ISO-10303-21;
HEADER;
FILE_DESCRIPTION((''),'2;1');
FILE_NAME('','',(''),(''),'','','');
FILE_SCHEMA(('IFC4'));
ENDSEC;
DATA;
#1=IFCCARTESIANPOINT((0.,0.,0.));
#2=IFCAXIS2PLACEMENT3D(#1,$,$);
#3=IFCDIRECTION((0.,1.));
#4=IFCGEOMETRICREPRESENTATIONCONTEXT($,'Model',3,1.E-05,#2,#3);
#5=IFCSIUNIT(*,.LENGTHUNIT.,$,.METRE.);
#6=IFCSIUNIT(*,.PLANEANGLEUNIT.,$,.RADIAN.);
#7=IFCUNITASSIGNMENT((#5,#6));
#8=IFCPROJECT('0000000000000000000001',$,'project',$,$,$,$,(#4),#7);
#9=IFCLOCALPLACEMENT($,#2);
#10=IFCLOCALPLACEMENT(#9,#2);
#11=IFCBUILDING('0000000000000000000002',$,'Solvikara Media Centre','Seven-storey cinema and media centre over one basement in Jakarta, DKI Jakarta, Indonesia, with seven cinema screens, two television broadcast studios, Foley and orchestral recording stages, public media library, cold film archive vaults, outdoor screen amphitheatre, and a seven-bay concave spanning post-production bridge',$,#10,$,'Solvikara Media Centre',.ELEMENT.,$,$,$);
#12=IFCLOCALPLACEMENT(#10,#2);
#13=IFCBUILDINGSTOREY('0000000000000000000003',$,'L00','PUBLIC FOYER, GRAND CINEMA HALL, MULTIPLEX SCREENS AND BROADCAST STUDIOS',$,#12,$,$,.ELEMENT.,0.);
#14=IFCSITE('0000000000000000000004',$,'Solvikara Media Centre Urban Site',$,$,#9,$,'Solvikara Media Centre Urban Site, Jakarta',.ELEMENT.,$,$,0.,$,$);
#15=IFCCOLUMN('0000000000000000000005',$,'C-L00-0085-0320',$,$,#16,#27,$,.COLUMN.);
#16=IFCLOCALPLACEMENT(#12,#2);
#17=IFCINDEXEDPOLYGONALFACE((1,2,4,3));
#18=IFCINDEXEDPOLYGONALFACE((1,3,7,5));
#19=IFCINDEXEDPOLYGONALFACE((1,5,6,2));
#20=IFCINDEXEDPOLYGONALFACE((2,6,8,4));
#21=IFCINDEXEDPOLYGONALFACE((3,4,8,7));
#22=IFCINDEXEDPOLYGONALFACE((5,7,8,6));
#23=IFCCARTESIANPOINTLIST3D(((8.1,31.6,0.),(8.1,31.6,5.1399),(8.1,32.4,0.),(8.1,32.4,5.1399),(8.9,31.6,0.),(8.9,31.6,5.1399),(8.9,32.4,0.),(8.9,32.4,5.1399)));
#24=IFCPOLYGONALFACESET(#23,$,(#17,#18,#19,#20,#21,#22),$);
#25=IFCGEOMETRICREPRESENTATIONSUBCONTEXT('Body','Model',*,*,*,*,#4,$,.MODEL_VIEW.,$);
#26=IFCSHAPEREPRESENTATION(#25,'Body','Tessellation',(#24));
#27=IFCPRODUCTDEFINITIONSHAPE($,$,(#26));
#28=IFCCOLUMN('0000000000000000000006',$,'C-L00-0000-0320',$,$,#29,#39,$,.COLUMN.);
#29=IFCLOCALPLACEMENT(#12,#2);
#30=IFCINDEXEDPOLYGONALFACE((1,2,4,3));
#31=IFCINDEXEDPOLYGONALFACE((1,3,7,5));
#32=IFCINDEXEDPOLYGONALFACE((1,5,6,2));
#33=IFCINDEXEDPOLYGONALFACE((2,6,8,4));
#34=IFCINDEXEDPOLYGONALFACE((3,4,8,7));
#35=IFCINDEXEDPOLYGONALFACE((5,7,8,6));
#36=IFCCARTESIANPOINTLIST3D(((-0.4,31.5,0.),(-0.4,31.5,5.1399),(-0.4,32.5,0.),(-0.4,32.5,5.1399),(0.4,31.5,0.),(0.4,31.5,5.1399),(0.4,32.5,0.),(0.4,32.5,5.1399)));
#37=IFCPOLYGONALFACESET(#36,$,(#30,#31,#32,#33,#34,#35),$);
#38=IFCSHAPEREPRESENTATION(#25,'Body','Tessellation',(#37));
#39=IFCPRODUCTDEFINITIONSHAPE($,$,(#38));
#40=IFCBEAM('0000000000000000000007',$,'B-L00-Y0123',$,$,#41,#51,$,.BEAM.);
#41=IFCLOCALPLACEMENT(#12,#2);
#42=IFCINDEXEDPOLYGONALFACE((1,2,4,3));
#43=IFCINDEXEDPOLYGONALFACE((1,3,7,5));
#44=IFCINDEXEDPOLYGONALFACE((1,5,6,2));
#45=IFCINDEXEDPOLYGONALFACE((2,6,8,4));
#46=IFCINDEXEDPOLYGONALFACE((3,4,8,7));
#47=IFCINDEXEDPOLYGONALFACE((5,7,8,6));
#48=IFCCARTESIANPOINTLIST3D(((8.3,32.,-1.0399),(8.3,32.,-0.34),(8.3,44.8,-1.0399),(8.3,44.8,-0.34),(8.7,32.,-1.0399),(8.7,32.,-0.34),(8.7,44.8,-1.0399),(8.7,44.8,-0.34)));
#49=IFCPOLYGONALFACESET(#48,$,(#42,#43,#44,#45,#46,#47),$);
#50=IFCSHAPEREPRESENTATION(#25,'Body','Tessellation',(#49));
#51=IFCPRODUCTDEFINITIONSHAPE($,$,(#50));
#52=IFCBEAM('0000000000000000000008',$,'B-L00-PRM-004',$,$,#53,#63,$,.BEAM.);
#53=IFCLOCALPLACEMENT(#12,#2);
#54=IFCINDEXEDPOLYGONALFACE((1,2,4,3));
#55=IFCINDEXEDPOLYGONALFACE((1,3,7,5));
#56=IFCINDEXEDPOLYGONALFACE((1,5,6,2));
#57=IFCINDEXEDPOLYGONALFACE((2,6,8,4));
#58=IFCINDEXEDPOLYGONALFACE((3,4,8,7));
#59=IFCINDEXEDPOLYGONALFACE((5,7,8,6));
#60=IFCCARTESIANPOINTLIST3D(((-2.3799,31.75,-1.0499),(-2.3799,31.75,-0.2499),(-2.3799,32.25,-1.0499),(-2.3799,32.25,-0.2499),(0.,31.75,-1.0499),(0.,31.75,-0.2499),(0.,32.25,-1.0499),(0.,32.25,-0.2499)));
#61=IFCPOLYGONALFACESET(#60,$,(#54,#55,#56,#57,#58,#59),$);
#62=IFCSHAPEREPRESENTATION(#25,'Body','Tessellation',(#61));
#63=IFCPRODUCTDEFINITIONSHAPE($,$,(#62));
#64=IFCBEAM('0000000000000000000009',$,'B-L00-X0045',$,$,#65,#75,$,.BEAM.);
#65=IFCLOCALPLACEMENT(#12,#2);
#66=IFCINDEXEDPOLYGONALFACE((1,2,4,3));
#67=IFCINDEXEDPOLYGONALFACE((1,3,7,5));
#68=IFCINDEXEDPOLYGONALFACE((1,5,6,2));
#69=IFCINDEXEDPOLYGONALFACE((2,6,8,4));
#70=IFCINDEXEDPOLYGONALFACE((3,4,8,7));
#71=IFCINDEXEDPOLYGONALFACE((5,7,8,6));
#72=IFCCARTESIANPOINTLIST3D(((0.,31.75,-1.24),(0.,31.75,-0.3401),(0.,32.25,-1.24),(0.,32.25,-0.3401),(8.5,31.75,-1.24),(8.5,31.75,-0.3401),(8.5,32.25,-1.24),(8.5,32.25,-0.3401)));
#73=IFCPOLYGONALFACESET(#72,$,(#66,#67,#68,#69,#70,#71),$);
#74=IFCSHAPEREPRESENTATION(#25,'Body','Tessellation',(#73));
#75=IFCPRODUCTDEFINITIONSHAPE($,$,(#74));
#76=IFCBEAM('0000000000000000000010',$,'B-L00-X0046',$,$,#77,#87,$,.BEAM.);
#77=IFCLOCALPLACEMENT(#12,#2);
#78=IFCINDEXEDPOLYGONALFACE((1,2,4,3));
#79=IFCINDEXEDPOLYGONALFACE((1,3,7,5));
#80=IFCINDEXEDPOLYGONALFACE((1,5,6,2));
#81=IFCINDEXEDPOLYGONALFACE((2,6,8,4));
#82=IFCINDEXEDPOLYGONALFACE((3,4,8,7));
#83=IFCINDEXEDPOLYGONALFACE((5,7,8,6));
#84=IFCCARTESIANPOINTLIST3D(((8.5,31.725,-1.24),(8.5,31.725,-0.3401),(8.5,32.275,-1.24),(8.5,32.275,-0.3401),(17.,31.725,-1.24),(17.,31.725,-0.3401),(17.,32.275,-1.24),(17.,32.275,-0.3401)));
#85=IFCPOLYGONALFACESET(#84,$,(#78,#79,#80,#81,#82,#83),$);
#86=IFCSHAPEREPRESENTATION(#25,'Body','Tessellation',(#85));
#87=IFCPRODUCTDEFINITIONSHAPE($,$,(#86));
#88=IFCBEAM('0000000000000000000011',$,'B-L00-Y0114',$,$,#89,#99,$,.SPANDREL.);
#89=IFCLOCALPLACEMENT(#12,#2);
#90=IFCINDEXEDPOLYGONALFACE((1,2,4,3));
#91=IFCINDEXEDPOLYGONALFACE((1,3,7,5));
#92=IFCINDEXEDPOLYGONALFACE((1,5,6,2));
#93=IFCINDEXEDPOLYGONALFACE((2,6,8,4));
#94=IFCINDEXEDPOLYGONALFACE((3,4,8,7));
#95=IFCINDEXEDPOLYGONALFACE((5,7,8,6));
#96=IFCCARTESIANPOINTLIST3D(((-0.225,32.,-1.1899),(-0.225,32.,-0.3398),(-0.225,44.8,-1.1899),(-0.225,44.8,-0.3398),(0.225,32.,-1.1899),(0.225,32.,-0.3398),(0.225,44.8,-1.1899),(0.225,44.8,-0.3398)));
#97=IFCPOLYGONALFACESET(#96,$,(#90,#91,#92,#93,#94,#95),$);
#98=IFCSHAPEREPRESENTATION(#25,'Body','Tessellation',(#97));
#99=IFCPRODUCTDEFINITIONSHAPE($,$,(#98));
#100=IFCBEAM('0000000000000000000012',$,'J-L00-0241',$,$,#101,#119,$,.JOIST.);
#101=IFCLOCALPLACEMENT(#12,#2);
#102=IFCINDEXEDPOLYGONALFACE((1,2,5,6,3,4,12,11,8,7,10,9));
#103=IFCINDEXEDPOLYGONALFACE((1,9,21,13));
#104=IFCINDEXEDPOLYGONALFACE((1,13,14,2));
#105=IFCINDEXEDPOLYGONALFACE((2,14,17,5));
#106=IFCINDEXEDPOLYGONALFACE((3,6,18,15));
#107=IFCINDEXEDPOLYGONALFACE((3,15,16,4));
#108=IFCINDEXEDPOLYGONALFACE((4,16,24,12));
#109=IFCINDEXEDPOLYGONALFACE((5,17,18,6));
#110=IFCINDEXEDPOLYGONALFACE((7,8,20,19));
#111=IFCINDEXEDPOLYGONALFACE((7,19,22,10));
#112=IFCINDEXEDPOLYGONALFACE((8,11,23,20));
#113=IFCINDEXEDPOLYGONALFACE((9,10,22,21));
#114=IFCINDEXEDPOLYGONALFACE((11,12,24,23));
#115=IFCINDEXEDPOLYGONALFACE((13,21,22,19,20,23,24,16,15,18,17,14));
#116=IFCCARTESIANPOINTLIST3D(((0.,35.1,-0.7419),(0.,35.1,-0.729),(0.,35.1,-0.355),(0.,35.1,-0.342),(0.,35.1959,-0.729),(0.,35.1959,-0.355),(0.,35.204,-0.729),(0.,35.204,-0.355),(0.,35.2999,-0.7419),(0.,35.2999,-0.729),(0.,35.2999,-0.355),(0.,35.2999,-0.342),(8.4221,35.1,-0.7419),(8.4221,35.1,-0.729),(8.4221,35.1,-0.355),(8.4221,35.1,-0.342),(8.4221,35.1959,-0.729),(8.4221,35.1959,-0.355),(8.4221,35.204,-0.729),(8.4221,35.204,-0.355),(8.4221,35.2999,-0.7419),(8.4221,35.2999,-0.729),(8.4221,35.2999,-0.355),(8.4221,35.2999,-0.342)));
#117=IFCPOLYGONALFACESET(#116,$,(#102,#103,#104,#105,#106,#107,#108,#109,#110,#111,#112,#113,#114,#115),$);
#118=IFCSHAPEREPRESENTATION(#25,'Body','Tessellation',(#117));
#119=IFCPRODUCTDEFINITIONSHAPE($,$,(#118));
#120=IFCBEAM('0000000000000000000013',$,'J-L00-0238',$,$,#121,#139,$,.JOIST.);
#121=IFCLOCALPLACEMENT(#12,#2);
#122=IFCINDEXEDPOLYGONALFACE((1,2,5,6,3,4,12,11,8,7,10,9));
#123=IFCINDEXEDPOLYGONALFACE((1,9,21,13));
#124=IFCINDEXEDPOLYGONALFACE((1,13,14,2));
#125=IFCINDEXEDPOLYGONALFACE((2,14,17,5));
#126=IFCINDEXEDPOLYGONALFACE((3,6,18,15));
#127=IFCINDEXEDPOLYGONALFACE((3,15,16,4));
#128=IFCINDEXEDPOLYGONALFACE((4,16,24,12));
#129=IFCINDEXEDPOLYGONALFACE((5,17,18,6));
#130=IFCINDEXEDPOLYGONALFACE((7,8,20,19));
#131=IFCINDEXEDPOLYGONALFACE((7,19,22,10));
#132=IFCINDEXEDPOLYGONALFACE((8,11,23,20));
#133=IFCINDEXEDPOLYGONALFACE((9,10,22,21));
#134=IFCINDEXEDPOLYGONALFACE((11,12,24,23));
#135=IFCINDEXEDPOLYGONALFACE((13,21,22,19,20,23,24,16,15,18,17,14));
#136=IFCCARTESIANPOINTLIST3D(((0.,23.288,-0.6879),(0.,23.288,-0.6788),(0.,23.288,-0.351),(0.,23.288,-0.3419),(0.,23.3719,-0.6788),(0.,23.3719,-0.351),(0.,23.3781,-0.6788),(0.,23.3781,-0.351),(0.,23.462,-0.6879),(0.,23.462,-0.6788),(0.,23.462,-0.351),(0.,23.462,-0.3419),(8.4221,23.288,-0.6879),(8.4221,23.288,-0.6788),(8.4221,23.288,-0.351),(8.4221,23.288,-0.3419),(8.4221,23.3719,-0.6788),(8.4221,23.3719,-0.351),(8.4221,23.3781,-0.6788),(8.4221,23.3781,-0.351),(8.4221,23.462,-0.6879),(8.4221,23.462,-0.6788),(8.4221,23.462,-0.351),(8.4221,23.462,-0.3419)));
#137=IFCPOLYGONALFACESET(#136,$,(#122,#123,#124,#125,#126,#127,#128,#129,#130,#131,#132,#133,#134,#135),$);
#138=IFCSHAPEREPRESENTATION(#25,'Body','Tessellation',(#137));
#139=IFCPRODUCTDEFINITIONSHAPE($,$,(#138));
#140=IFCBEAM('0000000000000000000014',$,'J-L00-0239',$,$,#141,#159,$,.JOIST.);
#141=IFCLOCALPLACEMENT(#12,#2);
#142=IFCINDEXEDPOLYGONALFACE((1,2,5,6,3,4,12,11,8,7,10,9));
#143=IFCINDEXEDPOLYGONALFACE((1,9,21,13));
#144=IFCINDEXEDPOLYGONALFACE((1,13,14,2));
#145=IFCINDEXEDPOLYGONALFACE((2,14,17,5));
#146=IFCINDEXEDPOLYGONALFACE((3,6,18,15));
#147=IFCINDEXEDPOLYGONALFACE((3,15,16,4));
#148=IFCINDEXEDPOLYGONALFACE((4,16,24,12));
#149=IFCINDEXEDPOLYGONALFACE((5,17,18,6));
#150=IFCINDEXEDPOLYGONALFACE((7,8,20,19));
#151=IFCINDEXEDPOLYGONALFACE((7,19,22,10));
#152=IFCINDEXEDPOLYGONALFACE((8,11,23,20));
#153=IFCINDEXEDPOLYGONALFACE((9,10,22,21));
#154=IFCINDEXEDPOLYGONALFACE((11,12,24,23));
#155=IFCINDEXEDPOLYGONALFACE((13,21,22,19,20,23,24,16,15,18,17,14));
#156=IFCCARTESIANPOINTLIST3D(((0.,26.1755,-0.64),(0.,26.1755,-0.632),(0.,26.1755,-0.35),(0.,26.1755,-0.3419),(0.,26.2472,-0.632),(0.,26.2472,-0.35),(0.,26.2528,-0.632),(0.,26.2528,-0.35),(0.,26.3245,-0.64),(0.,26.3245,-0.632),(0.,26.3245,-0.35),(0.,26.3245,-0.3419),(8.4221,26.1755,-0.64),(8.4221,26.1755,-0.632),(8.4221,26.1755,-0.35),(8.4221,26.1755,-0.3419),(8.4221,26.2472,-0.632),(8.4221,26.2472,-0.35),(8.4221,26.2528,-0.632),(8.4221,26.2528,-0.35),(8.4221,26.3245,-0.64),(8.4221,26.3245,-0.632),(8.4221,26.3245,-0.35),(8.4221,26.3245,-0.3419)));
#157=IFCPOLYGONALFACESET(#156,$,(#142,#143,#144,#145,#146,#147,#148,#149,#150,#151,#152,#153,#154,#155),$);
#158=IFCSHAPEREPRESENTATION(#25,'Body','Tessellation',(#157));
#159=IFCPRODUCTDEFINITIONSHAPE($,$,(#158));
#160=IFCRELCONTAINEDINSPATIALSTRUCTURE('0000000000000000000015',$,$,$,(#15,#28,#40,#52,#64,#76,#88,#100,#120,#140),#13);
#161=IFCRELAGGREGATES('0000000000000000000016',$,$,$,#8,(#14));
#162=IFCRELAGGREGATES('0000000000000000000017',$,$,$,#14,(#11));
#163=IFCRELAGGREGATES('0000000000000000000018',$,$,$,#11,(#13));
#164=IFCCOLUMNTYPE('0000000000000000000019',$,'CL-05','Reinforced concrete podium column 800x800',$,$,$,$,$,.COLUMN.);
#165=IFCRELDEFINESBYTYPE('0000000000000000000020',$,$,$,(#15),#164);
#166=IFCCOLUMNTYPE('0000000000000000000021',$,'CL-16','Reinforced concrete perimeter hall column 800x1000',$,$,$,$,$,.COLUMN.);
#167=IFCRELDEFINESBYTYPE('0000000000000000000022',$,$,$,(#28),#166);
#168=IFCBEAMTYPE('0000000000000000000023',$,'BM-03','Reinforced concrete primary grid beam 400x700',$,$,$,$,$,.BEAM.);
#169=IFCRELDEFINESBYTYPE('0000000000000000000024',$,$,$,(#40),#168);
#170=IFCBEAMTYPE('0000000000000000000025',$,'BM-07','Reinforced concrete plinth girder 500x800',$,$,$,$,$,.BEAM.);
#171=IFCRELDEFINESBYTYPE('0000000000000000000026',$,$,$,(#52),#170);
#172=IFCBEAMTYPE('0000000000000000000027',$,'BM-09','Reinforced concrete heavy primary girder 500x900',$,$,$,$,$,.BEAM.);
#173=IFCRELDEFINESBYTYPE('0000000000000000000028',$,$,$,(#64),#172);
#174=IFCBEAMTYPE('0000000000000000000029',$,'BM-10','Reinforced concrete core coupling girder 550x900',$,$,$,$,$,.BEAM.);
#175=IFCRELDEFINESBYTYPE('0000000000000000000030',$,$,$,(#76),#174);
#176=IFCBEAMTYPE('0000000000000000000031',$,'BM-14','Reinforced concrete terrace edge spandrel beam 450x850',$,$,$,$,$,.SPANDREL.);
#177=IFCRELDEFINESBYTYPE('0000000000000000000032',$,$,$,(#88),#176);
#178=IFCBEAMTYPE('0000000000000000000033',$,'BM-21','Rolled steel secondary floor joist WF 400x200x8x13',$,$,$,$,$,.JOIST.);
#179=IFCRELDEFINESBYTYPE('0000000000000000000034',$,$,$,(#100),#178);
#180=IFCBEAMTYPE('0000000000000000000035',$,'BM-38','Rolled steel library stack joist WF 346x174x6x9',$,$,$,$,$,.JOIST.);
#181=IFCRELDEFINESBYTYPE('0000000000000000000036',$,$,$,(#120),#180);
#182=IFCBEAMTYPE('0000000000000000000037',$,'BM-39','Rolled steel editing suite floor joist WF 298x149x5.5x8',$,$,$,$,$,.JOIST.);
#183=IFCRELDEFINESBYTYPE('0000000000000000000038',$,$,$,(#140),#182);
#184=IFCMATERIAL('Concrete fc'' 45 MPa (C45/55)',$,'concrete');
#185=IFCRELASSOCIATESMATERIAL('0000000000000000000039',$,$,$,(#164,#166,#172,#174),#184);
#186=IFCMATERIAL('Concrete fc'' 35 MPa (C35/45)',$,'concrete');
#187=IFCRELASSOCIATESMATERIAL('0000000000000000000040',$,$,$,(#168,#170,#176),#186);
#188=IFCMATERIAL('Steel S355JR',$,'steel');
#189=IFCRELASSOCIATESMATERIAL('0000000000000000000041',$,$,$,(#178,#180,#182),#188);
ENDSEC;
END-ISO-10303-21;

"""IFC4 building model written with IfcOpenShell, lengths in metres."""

from ifc_helpers import new_model, si_unit, direction, frame, origin, origin_2d, place, context, subcontext, project, spatial, rectangle, i_section, extrude, material, material_profile, profile_set, type_object, element, save


model = new_model("IFC4")

# Units and contexts
model_context = context("Model", 3, precision=1e-05, world=origin(), true_north=direction((0.0, 1.0)))
body_context = subcontext(model_context, "Body", "Model", "MODEL_VIEW")
ifc_project = project(units=[si_unit("LENGTHUNIT", "METRE"), si_unit("PLANEANGLEUNIT", "RADIAN")], contexts=[model_context])

# Site, building, storey
site_placement = place(None, origin())
site = spatial("IfcSite", under=ifc_project, at=site_placement, Name="Solvikara Media Centre Urban Site", LongName="Solvikara Media Centre Urban Site, Jakarta", CompositionType="ELEMENT", RefElevation=0.0)
building_placement = place(site_placement, origin())
building = spatial("IfcBuilding", under=site, at=building_placement, Name="Solvikara Media Centre", Description="Seven-storey cinema and media centre over one basement in Jakarta, DKI Jakarta, Indonesia, with seven cinema screens, two television broadcast studios, Foley and orchestral recording stages, public media library, cold film archive vaults, outdoor screen amphitheatre, and a seven-bay concave spanning post-production bridge", LongName="Solvikara Media Centre", CompositionType="ELEMENT")
storey_placement = place(building_placement, origin())
storey = spatial("IfcBuildingStorey", under=building, at=storey_placement, Name="L00", Description="PUBLIC FOYER, GRAND CINEMA HALL, MULTIPLEX SCREENS AND BROADCAST STUDIOS", CompositionType="ELEMENT", Elevation=0.0)

# Columns
ifc_material_1 = material(Name="Concrete fc' 45 MPa (C45/55)", Category="concrete")
ifc_material_profile_1 = material_profile(ifc_material_1, rectangle(XDim=0.8, YDim=0.8, at=origin_2d()), Name="RC 800x800")
ifc_profile_set_1 = profile_set([ifc_material_profile_1], Name="Concrete fc' 45 MPa (C45/55)")
column_type_1 = type_object("IfcColumnType", Name="CL-05", Description="Reinforced concrete podium column 800x800", PredefinedType="COLUMN", material=ifc_profile_set_1)
column_1_placement = place(storey_placement, frame((8.5, 32.0, 0.0), z_axis=(0.0, 0.0, 1.0), x_axis=(1.0, 0.0, 0.0)))
element("IfcColumn", 1, at=column_1_placement, inside=storey, type_object=column_type_1, Name="C-L00-0085-0320", PredefinedType="COLUMN", context=body_context, shape_type="SweptSolid", body=[
    extrude(rectangle(XDim=0.8, YDim=0.8, at=origin_2d()), origin(), (0.0, 0.0, 1.0), 5.1399),
])
ifc_material_profile_2 = material_profile(ifc_material_1, rectangle(XDim=0.8, YDim=1.0, at=origin_2d()), Name="RC 800x1000")
ifc_profile_set_2 = profile_set([ifc_material_profile_2], Name="Concrete fc' 45 MPa (C45/55)")
column_type_2 = type_object("IfcColumnType", Name="CL-16", Description="Reinforced concrete perimeter hall column 800x1000", PredefinedType="COLUMN", material=ifc_profile_set_2)
column_2_placement = place(storey_placement, frame((0.0, 32.0, 0.0), z_axis=(0.0, 0.0, 1.0), x_axis=(1.0, 0.0, 0.0)))
element("IfcColumn", 2, at=column_2_placement, inside=storey, type_object=column_type_2, Name="C-L00-0000-0320", PredefinedType="COLUMN", context=body_context, shape_type="SweptSolid", body=[
    extrude(rectangle(XDim=0.8, YDim=1.0, at=origin_2d()), origin(), (0.0, 0.0, 1.0), 5.1399),
])

# Beams
ifc_material_2 = material(Name="Concrete fc' 35 MPa (C35/45)", Category="concrete")
ifc_material_profile_3 = material_profile(ifc_material_2, rectangle(XDim=0.3999, YDim=0.7, at=origin_2d()), Name="RC 400x700")
ifc_profile_set_3 = profile_set([ifc_material_profile_3], Name="Concrete fc' 35 MPa (C35/45)")
beam_type_1 = type_object("IfcBeamType", Name="BM-03", Description="Reinforced concrete primary grid beam 400x700", PredefinedType="BEAM", material=ifc_profile_set_3)
beam_1_placement = place(storey_placement, frame((8.5, 32.0, -0.6899), z_axis=(0.0, 1.0, 0.0), x_axis=(-1.0, 0.0, 0.0)))
element("IfcBeam", 3, at=beam_1_placement, inside=storey, type_object=beam_type_1, Name="B-L00-Y0123", PredefinedType="BEAM", context=body_context, shape_type="SweptSolid", body=[
    extrude(rectangle(XDim=0.3999, YDim=0.7, at=origin_2d()), origin(), (0.0, 0.0, 1.0), 12.8),
])
ifc_material_profile_4 = material_profile(ifc_material_2, rectangle(XDim=0.5, YDim=0.8, at=origin_2d()), Name="RC 500x800")
ifc_profile_set_4 = profile_set([ifc_material_profile_4], Name="Concrete fc' 35 MPa (C35/45)")
beam_type_2 = type_object("IfcBeamType", Name="BM-07", Description="Reinforced concrete plinth girder 500x800", PredefinedType="BEAM", material=ifc_profile_set_4)
beam_2_placement = place(storey_placement, frame((-2.3799, 32.0, -0.6499), z_axis=(1.0, 0.0, 0.0), x_axis=(0.0, 1.0, 0.0)))
element("IfcBeam", 4, at=beam_2_placement, inside=storey, type_object=beam_type_2, Name="B-L00-PRM-004", PredefinedType="BEAM", context=body_context, shape_type="SweptSolid", body=[
    extrude(rectangle(XDim=0.5, YDim=0.8, at=origin_2d()), origin(), (0.0, 0.0, 1.0), 2.3799),
])
ifc_material_profile_5 = material_profile(ifc_material_1, rectangle(XDim=0.5, YDim=0.8999, at=origin_2d()), Name="RC 500x900")
ifc_profile_set_5 = profile_set([ifc_material_profile_5], Name="Concrete fc' 45 MPa (C45/55)")
beam_type_3 = type_object("IfcBeamType", Name="BM-09", Description="Reinforced concrete heavy primary girder 500x900", PredefinedType="BEAM", material=ifc_profile_set_5)
beam_3_placement = place(storey_placement, frame((0.0, 32.0, -0.79), z_axis=(1.0, 0.0, 0.0), x_axis=(0.0, 1.0, 0.0)))
element("IfcBeam", 5, at=beam_3_placement, inside=storey, type_object=beam_type_3, Name="B-L00-X0045", PredefinedType="BEAM", context=body_context, shape_type="SweptSolid", body=[
    extrude(rectangle(XDim=0.5, YDim=0.8999, at=origin_2d()), origin(), (0.0, 0.0, 1.0), 8.5),
])
ifc_material_profile_6 = material_profile(ifc_material_1, rectangle(XDim=0.55, YDim=0.8999, at=origin_2d()), Name="RC 550x900")
ifc_profile_set_6 = profile_set([ifc_material_profile_6], Name="Concrete fc' 45 MPa (C45/55)")
beam_type_4 = type_object("IfcBeamType", Name="BM-10", Description="Reinforced concrete core coupling girder 550x900", PredefinedType="BEAM", material=ifc_profile_set_6)
beam_4_placement = place(storey_placement, frame((8.5, 32.0, -0.79), z_axis=(1.0, 0.0, 0.0), x_axis=(0.0, 1.0, 0.0)))
element("IfcBeam", 6, at=beam_4_placement, inside=storey, type_object=beam_type_4, Name="B-L00-X0046", PredefinedType="BEAM", context=body_context, shape_type="SweptSolid", body=[
    extrude(rectangle(XDim=0.55, YDim=0.8999, at=origin_2d()), origin(), (0.0, 0.0, 1.0), 8.5),
])
ifc_material_profile_7 = material_profile(ifc_material_2, rectangle(XDim=0.45, YDim=0.8501, at=origin_2d()), Name="RC 450x850")
ifc_profile_set_7 = profile_set([ifc_material_profile_7], Name="Concrete fc' 35 MPa (C35/45)")
beam_type_5 = type_object("IfcBeamType", Name="BM-14", Description="Reinforced concrete terrace edge spandrel beam 450x850", PredefinedType="SPANDREL", material=ifc_profile_set_7)
beam_5_placement = place(storey_placement, frame((0.0, 32.0, -0.7649), z_axis=(0.0, 1.0, 0.0), x_axis=(-1.0, 0.0, 0.0)))
element("IfcBeam", 7, at=beam_5_placement, inside=storey, type_object=beam_type_5, Name="B-L00-Y0114", PredefinedType="SPANDREL", context=body_context, shape_type="SweptSolid", body=[
    extrude(rectangle(XDim=0.45, YDim=0.8501, at=origin_2d()), origin(), (0.0, 0.0, 1.0), 12.8),
])
ifc_material_3 = material(Name="Steel S355JR", Category="steel")
ifc_material_profile_8 = material_profile(ifc_material_3, i_section(OverallWidth=0.2, OverallDepth=0.3999, WebThickness=0.0081, FlangeThickness=0.0129, at=origin_2d()), Name="WF 400x200x8x13")
ifc_profile_set_8 = profile_set([ifc_material_profile_8], Name="Steel S355JR")
beam_type_6 = type_object("IfcBeamType", Name="BM-21", Description="Rolled steel secondary floor joist WF 400x200x8x13", PredefinedType="JOIST", material=ifc_profile_set_8)
beam_6_placement = place(storey_placement, frame((0.0, 35.2, -0.542), z_axis=(1.0, 0.0, 0.0), x_axis=(0.0, 1.0, 0.0)))
element("IfcBeam", 8, at=beam_6_placement, inside=storey, type_object=beam_type_6, Name="J-L00-0241", PredefinedType="JOIST", context=body_context, shape_type="SweptSolid", body=[
    extrude(i_section(OverallWidth=0.2, OverallDepth=0.3999, WebThickness=0.0081, FlangeThickness=0.0129, at=origin_2d()), origin(), (0.0, 0.0, 1.0), 8.4221),
])
ifc_material_profile_9 = material_profile(ifc_material_3, i_section(OverallWidth=0.1741, OverallDepth=0.3459, WebThickness=0.0061, FlangeThickness=0.009, at=origin_2d()), Name="WF 346x174x6x9")
ifc_profile_set_9 = profile_set([ifc_material_profile_9], Name="Steel S355JR")
beam_type_7 = type_object("IfcBeamType", Name="BM-38", Description="Rolled steel library stack joist WF 346x174x6x9", PredefinedType="JOIST", material=ifc_profile_set_9)
beam_7_placement = place(storey_placement, frame((0.0, 23.375, -0.5149), z_axis=(1.0, 0.0, 0.0), x_axis=(0.0, 1.0, 0.0)))
element("IfcBeam", 9, at=beam_7_placement, inside=storey, type_object=beam_type_7, Name="J-L00-0238", PredefinedType="JOIST", context=body_context, shape_type="SweptSolid", body=[
    extrude(i_section(OverallWidth=0.1741, OverallDepth=0.3459, WebThickness=0.0061, FlangeThickness=0.009, at=origin_2d()), origin(), (0.0, 0.0, 1.0), 8.4221),
])
ifc_material_profile_10 = material_profile(ifc_material_3, i_section(OverallWidth=0.1489, OverallDepth=0.2981, WebThickness=0.0056, FlangeThickness=0.0081, at=origin_2d()), Name="WF 298x149x5.5x8")
ifc_profile_set_10 = profile_set([ifc_material_profile_10], Name="Steel S355JR")
beam_type_8 = type_object("IfcBeamType", Name="BM-39", Description="Rolled steel editing suite floor joist WF 298x149x5.5x8", PredefinedType="JOIST", material=ifc_profile_set_10)
beam_8_placement = place(storey_placement, frame((0.0, 26.25, -0.491), z_axis=(1.0, 0.0, 0.0), x_axis=(0.0, 1.0, 0.0)))
element("IfcBeam", 10, at=beam_8_placement, inside=storey, type_object=beam_type_8, Name="J-L00-0239", PredefinedType="JOIST", context=body_context, shape_type="SweptSolid", body=[
    extrude(i_section(OverallWidth=0.1489, OverallDepth=0.2981, WebThickness=0.0056, FlangeThickness=0.0081, at=origin_2d()), origin(), (0.0, 0.0, 1.0), 8.4221),
])

save(model, "model.ifc")
